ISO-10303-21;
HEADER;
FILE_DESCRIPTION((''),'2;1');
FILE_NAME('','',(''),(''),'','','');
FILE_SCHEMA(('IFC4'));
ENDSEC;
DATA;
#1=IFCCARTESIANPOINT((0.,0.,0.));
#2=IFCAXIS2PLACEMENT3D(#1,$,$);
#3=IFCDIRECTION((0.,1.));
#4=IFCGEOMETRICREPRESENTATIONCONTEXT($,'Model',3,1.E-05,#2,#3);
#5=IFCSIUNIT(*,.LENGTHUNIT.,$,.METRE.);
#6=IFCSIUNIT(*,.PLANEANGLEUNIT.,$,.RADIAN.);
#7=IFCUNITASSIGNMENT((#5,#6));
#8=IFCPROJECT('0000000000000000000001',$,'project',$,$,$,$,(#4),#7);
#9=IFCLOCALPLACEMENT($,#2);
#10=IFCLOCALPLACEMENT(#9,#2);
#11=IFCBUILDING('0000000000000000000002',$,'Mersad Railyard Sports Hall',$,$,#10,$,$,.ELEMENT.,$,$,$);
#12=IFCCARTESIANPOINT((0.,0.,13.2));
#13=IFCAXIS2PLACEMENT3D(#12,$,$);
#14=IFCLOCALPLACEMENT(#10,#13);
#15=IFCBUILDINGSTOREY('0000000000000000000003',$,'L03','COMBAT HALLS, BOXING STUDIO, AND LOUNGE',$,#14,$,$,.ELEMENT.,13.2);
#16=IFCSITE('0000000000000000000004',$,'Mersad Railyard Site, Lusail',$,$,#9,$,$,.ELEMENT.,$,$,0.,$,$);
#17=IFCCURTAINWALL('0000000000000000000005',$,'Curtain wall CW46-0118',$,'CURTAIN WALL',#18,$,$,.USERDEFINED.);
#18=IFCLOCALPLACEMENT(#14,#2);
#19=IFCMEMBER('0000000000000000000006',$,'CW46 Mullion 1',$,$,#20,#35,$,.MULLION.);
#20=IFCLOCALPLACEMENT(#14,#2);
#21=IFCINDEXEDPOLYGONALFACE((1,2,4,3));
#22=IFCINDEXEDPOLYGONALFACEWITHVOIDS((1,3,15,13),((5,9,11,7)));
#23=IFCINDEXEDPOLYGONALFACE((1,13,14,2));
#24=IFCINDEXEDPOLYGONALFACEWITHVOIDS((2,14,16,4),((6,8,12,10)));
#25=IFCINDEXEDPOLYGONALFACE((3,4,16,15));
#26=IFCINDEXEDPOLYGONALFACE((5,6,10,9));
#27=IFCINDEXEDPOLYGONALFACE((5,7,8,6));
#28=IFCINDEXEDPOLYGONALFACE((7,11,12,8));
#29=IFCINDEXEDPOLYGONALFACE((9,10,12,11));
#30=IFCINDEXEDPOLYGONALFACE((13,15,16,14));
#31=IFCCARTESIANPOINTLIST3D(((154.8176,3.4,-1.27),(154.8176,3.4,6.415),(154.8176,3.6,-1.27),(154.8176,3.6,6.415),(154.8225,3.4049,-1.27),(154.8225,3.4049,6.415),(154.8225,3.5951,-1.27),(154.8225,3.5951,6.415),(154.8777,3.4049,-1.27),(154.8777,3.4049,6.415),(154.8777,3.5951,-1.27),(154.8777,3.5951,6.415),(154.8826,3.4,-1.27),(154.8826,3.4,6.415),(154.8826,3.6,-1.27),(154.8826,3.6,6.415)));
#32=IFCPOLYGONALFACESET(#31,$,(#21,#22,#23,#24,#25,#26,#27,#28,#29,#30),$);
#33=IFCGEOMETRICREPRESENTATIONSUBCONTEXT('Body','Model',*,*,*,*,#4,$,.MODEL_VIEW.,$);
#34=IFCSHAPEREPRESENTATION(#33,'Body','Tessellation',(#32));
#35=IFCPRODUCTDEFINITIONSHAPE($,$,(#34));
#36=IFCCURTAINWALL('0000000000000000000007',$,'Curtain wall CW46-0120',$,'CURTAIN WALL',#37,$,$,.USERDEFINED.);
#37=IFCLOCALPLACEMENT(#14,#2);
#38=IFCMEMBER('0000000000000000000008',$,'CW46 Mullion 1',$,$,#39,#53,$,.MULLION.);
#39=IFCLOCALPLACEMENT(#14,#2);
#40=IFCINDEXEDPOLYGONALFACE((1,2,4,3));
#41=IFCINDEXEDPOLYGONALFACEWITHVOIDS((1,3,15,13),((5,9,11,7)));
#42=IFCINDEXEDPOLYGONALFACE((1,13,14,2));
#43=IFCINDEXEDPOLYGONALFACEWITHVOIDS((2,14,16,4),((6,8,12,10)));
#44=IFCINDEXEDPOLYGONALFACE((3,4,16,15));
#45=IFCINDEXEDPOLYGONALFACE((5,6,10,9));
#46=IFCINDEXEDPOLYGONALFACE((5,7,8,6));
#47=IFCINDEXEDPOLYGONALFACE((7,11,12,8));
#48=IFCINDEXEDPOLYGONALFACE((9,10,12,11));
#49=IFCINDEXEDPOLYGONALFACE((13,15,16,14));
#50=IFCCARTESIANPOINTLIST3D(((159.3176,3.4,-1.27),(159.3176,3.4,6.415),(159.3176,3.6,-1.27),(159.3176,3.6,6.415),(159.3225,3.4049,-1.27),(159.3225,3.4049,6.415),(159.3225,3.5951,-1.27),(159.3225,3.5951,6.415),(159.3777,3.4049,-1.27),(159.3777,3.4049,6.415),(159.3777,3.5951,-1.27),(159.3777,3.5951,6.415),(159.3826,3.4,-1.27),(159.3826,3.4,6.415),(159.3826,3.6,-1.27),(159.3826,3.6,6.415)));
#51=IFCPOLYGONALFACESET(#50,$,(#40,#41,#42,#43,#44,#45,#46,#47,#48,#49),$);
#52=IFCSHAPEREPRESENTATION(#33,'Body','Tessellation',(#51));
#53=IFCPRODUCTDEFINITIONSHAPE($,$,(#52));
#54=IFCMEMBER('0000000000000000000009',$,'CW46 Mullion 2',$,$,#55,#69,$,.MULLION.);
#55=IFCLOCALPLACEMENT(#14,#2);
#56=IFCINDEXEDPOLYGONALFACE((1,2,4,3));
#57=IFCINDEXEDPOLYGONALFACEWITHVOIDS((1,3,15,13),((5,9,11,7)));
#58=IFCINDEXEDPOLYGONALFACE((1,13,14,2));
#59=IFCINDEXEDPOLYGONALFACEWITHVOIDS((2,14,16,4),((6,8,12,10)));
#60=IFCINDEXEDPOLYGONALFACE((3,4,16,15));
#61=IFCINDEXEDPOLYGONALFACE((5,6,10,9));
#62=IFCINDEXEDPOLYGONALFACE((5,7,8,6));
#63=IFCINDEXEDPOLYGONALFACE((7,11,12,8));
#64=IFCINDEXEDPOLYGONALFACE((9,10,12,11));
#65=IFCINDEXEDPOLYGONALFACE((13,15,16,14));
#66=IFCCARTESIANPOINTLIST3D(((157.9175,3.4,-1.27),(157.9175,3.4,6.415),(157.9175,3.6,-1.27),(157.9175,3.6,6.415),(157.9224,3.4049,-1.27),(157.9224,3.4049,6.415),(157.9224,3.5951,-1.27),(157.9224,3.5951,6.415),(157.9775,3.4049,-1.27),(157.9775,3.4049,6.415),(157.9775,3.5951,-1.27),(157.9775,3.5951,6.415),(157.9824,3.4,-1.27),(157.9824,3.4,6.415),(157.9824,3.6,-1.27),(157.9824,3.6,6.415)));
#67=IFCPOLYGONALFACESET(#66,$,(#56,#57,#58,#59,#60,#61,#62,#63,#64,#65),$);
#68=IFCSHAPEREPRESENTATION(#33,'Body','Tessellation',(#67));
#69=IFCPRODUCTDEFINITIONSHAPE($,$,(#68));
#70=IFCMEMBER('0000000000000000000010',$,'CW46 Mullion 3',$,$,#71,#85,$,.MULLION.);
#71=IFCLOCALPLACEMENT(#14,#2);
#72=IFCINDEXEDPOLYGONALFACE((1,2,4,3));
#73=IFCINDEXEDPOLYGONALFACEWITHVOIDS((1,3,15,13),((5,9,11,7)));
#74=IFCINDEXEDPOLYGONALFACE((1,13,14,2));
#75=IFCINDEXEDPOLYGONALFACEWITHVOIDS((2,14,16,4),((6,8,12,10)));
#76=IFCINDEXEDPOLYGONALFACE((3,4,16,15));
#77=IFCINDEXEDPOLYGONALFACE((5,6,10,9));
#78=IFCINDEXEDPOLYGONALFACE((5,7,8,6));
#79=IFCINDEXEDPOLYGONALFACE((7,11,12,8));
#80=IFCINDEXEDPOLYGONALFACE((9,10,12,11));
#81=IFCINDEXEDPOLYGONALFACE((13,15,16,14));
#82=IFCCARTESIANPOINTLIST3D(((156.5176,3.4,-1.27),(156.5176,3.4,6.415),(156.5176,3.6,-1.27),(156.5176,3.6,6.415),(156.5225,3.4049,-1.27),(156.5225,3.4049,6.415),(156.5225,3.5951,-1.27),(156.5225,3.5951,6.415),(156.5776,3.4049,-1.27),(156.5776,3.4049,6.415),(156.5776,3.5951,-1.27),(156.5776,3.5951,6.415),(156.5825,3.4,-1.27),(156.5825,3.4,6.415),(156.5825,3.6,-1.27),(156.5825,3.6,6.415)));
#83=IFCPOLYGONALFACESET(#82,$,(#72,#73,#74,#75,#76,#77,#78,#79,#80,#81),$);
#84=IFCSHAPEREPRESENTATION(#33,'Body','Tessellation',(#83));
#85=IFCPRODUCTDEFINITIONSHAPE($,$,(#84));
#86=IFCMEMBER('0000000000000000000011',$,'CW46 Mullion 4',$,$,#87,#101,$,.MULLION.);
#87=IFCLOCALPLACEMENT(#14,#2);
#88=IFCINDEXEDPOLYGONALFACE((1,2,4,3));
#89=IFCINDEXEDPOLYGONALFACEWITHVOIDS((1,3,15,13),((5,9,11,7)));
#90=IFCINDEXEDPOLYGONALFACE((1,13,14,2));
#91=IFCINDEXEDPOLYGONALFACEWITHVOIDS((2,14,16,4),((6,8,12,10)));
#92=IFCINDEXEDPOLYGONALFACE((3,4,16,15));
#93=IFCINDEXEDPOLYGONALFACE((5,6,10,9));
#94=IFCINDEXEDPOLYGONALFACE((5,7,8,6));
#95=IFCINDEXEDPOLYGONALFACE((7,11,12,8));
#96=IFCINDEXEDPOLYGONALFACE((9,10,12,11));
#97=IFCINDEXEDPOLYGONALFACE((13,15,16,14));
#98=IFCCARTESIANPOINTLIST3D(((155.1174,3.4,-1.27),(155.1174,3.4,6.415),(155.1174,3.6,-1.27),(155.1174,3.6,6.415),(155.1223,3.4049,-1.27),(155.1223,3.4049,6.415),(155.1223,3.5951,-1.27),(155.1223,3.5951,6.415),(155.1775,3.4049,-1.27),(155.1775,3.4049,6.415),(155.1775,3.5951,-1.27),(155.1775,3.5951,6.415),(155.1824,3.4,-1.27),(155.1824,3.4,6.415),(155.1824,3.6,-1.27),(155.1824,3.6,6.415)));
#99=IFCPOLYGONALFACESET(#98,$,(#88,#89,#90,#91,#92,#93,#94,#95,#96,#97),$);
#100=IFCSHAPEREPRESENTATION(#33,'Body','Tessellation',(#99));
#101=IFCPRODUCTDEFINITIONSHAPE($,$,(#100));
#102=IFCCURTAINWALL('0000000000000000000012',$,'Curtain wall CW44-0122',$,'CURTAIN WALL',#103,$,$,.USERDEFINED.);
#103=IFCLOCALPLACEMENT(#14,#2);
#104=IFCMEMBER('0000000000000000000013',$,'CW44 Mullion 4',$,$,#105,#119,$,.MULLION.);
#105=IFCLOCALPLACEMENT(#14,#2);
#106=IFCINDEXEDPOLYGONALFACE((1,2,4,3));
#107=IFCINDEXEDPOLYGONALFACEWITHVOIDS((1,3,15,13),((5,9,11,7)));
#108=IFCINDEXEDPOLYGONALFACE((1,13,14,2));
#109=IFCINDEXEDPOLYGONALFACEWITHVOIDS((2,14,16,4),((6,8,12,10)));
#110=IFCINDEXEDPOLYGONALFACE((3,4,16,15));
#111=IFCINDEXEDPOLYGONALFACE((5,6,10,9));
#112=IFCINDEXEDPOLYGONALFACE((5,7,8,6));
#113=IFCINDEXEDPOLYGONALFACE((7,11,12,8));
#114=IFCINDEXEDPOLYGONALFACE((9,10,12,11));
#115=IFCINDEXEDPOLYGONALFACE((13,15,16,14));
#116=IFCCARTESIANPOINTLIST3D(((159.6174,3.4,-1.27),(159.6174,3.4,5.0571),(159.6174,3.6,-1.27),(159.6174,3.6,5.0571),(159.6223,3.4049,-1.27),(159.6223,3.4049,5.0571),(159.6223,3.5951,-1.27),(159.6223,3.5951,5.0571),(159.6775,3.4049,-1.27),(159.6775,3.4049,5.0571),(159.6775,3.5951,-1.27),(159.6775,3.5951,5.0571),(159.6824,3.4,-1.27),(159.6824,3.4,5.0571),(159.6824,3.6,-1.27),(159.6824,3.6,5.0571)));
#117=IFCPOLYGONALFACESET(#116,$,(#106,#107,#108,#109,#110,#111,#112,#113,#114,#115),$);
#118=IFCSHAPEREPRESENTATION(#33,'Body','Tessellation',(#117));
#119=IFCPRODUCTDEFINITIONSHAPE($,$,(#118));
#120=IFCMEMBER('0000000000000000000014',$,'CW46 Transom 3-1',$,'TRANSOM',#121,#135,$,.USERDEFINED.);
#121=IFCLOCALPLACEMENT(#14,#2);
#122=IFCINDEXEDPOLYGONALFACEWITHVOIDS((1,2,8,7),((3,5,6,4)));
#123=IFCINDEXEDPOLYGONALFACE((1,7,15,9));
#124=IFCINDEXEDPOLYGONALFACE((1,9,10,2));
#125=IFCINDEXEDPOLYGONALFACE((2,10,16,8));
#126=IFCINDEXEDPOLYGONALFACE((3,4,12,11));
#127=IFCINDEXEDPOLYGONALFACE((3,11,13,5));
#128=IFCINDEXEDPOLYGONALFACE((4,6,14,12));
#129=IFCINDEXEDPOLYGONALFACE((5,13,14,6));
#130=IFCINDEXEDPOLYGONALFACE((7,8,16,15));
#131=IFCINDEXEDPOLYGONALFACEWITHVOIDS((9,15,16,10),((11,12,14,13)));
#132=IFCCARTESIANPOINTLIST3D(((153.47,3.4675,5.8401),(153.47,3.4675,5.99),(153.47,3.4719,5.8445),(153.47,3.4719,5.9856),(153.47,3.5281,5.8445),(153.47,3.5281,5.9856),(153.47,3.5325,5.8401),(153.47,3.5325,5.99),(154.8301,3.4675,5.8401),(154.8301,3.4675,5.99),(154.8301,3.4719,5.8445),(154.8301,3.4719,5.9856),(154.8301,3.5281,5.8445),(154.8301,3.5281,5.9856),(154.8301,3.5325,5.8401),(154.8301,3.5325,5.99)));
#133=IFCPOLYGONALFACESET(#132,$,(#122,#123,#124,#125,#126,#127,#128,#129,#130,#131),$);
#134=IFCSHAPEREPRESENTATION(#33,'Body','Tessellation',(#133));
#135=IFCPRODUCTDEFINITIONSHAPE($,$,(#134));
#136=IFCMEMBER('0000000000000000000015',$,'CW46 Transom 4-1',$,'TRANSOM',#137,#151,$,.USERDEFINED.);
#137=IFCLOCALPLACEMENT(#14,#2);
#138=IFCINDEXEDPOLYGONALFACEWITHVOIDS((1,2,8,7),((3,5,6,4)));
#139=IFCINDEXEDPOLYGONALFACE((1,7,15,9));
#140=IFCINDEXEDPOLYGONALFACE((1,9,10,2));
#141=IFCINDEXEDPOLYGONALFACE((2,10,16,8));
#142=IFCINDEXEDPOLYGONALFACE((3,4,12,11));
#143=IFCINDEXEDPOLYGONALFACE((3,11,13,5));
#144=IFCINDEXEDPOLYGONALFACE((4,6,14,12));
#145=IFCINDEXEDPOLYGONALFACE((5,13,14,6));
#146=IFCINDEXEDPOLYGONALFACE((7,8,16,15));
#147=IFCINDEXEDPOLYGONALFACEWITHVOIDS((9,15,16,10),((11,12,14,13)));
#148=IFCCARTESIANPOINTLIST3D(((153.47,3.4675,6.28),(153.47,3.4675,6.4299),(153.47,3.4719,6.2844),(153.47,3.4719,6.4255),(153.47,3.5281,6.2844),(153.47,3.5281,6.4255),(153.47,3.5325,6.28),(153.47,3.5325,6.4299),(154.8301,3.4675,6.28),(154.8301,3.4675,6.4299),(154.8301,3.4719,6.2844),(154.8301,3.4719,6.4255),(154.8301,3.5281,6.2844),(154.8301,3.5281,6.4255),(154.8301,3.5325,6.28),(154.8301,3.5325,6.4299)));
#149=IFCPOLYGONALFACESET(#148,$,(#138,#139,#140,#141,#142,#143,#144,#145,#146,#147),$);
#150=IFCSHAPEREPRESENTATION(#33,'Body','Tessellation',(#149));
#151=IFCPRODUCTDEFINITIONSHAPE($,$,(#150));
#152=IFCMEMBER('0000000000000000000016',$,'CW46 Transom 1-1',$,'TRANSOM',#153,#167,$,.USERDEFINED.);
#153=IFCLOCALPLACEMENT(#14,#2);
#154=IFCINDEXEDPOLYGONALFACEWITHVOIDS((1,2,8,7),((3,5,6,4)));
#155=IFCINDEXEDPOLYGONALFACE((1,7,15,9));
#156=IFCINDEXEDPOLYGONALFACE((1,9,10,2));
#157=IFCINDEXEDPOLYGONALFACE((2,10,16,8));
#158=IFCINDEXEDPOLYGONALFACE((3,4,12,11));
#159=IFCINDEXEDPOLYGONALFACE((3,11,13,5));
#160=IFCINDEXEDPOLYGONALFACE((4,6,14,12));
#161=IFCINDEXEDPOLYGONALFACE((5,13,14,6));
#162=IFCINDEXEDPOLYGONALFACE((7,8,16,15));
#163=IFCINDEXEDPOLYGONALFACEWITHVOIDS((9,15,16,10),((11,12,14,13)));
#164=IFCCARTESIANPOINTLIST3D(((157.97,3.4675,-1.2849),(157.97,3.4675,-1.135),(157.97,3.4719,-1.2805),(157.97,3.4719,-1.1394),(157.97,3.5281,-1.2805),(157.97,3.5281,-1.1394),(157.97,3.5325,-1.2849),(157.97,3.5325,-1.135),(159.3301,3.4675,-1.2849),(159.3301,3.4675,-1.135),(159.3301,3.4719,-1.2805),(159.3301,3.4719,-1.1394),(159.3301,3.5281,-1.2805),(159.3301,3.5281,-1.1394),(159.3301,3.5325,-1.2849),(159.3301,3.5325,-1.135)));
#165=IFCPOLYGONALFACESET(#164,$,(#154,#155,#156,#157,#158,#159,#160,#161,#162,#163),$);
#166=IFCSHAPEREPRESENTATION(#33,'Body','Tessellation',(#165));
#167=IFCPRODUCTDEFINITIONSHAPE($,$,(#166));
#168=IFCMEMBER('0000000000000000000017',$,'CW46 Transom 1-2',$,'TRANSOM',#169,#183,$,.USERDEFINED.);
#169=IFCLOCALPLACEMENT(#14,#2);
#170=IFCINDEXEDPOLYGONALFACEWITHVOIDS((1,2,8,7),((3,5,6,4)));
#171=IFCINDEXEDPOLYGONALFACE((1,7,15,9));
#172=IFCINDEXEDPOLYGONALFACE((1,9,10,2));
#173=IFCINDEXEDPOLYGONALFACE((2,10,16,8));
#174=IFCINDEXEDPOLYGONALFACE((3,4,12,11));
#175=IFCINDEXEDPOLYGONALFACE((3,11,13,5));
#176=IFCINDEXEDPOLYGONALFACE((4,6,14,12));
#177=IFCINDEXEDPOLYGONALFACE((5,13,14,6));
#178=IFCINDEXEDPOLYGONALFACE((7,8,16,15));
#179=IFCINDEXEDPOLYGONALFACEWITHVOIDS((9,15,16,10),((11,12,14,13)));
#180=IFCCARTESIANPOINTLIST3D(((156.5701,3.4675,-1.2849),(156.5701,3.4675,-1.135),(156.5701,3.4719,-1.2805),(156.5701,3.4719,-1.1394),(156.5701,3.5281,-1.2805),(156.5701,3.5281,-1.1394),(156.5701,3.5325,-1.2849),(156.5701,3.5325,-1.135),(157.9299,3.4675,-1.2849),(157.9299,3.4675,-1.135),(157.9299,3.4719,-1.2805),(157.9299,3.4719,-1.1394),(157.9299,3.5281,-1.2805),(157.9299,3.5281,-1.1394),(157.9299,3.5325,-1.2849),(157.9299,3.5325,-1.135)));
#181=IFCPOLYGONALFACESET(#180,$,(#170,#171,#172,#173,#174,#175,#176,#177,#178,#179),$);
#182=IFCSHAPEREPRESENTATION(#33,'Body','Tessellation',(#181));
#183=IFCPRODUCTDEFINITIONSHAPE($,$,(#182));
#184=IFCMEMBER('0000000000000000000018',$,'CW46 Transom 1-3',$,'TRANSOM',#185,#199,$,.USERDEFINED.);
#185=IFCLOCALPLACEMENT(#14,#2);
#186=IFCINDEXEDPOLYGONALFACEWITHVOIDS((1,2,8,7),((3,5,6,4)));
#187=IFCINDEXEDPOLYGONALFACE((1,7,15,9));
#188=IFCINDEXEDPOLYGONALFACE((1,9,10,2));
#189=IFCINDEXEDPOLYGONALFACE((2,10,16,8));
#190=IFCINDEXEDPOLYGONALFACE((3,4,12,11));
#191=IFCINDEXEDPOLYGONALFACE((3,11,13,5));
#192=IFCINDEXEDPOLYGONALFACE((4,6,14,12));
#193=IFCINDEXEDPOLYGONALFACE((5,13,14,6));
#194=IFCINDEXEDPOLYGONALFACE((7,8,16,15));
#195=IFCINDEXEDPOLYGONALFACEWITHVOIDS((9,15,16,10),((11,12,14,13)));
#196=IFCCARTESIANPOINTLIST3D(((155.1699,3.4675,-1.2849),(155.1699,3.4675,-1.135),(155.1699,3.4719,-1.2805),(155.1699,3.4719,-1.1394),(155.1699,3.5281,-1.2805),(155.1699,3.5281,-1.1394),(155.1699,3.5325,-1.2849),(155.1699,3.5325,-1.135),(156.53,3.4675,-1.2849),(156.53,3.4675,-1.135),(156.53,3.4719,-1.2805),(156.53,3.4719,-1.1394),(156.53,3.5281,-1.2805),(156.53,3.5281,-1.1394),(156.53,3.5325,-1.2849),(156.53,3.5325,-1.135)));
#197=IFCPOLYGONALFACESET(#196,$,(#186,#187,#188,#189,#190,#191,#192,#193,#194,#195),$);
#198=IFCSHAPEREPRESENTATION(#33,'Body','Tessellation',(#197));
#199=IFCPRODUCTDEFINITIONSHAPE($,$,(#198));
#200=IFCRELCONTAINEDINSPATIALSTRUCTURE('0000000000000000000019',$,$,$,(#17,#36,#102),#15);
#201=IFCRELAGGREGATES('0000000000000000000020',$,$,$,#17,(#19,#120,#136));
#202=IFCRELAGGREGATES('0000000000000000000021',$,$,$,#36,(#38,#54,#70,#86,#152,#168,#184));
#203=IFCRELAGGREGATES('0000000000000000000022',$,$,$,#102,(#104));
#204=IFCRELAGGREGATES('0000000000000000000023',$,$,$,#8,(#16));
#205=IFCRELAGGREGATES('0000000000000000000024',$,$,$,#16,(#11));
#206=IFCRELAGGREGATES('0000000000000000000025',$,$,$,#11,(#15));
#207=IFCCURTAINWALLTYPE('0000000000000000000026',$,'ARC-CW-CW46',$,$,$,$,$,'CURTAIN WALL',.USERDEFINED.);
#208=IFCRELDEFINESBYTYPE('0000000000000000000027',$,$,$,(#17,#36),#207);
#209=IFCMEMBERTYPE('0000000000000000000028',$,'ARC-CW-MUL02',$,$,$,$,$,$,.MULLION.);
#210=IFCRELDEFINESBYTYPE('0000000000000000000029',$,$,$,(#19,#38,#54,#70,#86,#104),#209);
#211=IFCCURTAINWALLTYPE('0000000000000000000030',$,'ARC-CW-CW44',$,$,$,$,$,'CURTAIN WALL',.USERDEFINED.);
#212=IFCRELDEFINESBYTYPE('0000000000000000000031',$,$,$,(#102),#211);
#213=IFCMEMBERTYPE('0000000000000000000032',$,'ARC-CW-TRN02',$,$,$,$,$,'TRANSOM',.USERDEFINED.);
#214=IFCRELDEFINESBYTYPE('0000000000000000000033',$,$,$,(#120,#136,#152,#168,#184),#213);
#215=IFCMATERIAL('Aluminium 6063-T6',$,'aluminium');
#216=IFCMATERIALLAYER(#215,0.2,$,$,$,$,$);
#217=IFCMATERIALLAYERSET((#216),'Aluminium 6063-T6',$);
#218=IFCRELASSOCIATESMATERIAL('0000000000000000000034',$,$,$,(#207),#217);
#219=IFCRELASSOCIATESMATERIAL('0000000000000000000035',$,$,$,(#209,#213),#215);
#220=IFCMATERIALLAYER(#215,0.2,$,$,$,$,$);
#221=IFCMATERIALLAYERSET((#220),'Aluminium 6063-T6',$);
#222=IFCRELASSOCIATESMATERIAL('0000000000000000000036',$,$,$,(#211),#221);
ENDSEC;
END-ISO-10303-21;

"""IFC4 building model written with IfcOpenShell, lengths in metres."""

from ifc_helpers import new_model, si_unit, direction, frame, origin, origin_2d, place, context, subcontext, project, spatial, hollow_rectangle, extrude, material, layer, layer_set, material_profile, profile_set, type_object, element, aggregate, save


model = new_model("IFC4")

# Units and contexts
model_context = context("Model", 3, precision=1e-05, world=origin(), true_north=direction((0.0, 1.0)))
body_context = subcontext(model_context, "Body", "Model", "MODEL_VIEW")
ifc_project = project(units=[si_unit("LENGTHUNIT", "METRE"), si_unit("PLANEANGLEUNIT", "RADIAN")], contexts=[model_context])

# Site, building, storey
site_placement = place(None, origin())
site = spatial("IfcSite", under=ifc_project, at=site_placement, Name="Mersad Railyard Site, Lusail", CompositionType="ELEMENT", RefElevation=0.0)
building_placement = place(site_placement, origin())
building = spatial("IfcBuilding", under=site, at=building_placement, Name="Mersad Railyard Sports Hall", CompositionType="ELEMENT")
storey_placement = place(building_placement, frame((0.0, 0.0, 13.2)))
storey = spatial("IfcBuildingStorey", under=building, at=storey_placement, Name="L03", Description="COMBAT HALLS, BOXING STUDIO, AND LOUNGE", CompositionType="ELEMENT", Elevation=13.2)

# Curtain wall, member
ifc_material_1 = material(Name="Aluminium 6063-T6", Category="aluminium")
ifc_layer_1 = layer(ifc_material_1, 0.2)
ifc_layer_set_1 = layer_set([ifc_layer_1], Name="Aluminium 6063-T6")
curtain_wall_type_1 = type_object("IfcCurtainWallType", Name="ARC-CW-CW46", ElementType="CURTAIN WALL", PredefinedType="USERDEFINED", material=ifc_layer_set_1)
curtain_wall_1_placement = place(storey_placement, origin())
curtain_wall_1 = element("IfcCurtainWall", 1, at=curtain_wall_1_placement, inside=storey, type_object=curtain_wall_type_1, Name="Curtain wall CW46-0118", ObjectType="CURTAIN WALL", PredefinedType="USERDEFINED")
ifc_material_profile_1 = material_profile(ifc_material_1, hollow_rectangle(XDim=0.0649, YDim=0.2, WallThickness=0.0049, at=origin_2d()), Name="AL MULLION 65x200x5")
ifc_profile_set_1 = profile_set([ifc_material_profile_1], Name="Aluminium 6063-T6")
member_type_1 = type_object("IfcMemberType", Name="ARC-CW-MUL02", PredefinedType="MULLION", material=ifc_profile_set_1)
member_1_placement = place(storey_placement, frame((154.8501, 3.5, -1.27), z_axis=(0.0, 0.0, 1.0), x_axis=(1.0, 0.0, 0.0)))
member_1 = element("IfcMember", 2, at=member_1_placement, type_object=member_type_1, Name="CW46 Mullion 1", PredefinedType="MULLION", context=body_context, shape_type="SweptSolid", body=[
    extrude(hollow_rectangle(XDim=0.0649, YDim=0.2, WallThickness=0.0049, at=origin_2d()), origin(), (0.0, 0.0, 1.0), 7.6851),
])

# Curtain wall, members
curtain_wall_2_placement = place(storey_placement, origin())
curtain_wall_2 = element("IfcCurtainWall", 3, at=curtain_wall_2_placement, inside=storey, type_object=curtain_wall_type_1, Name="Curtain wall CW46-0120", ObjectType="CURTAIN WALL", PredefinedType="USERDEFINED")
member_2_placement = place(storey_placement, frame((159.3501, 3.5, -1.27), z_axis=(0.0, 0.0, 1.0), x_axis=(1.0, 0.0, 0.0)))
member_2 = element("IfcMember", 4, at=member_2_placement, type_object=member_type_1, Name="CW46 Mullion 1", PredefinedType="MULLION", context=body_context, shape_type="SweptSolid", body=[
    extrude(hollow_rectangle(XDim=0.0649, YDim=0.2, WallThickness=0.0049, at=origin_2d()), origin(), (0.0, 0.0, 1.0), 7.6851),
])
member_3_placement = place(storey_placement, frame((157.95, 3.5, -1.27), z_axis=(0.0, 0.0, 1.0), x_axis=(1.0, 0.0, 0.0)))
member_3 = element("IfcMember", 5, at=member_3_placement, type_object=member_type_1, Name="CW46 Mullion 2", PredefinedType="MULLION", context=body_context, shape_type="SweptSolid", body=[
    extrude(hollow_rectangle(XDim=0.0649, YDim=0.2, WallThickness=0.0049, at=origin_2d()), origin(), (0.0, 0.0, 1.0), 7.6851),
])
member_4_placement = place(storey_placement, frame((156.55, 3.5, -1.27), z_axis=(0.0, 0.0, 1.0), x_axis=(1.0, 0.0, 0.0)))
member_4 = element("IfcMember", 6, at=member_4_placement, type_object=member_type_1, Name="CW46 Mullion 3", PredefinedType="MULLION", context=body_context, shape_type="SweptSolid", body=[
    extrude(hollow_rectangle(XDim=0.0649, YDim=0.2, WallThickness=0.0049, at=origin_2d()), origin(), (0.0, 0.0, 1.0), 7.6851),
])
member_5_placement = place(storey_placement, frame((155.1499, 3.5, -1.27), z_axis=(0.0, 0.0, 1.0), x_axis=(1.0, 0.0, 0.0)))
member_5 = element("IfcMember", 7, at=member_5_placement, type_object=member_type_1, Name="CW46 Mullion 4", PredefinedType="MULLION", context=body_context, shape_type="SweptSolid", body=[
    extrude(hollow_rectangle(XDim=0.0649, YDim=0.2, WallThickness=0.0049, at=origin_2d()), origin(), (0.0, 0.0, 1.0), 7.6851),
])

# Curtain wall, member
ifc_layer_2 = layer(ifc_material_1, 0.2)
ifc_layer_set_2 = layer_set([ifc_layer_2], Name="Aluminium 6063-T6")
curtain_wall_type_2 = type_object("IfcCurtainWallType", Name="ARC-CW-CW44", ElementType="CURTAIN WALL", PredefinedType="USERDEFINED", material=ifc_layer_set_2)
curtain_wall_3_placement = place(storey_placement, origin())
curtain_wall_3 = element("IfcCurtainWall", 8, at=curtain_wall_3_placement, inside=storey, type_object=curtain_wall_type_2, Name="Curtain wall CW44-0122", ObjectType="CURTAIN WALL", PredefinedType="USERDEFINED")
member_6_placement = place(storey_placement, frame((159.6499, 3.5, -1.27), z_axis=(0.0, 0.0, 1.0), x_axis=(1.0, 0.0, 0.0)))
member_6 = element("IfcMember", 9, at=member_6_placement, type_object=member_type_1, Name="CW44 Mullion 4", PredefinedType="MULLION", context=body_context, shape_type="SweptSolid", body=[
    extrude(hollow_rectangle(XDim=0.0649, YDim=0.2, WallThickness=0.0049, at=origin_2d()), origin(), (0.0, 0.0, 1.0), 6.3271),
])

# Members
ifc_material_profile_2 = material_profile(ifc_material_1, hollow_rectangle(XDim=0.0649, YDim=0.1499, WallThickness=0.0044, at=origin_2d()), Name="AL TRANSOM 65x150x4.5")
ifc_profile_set_2 = profile_set([ifc_material_profile_2], Name="Aluminium 6063-T6")
member_type_2 = type_object("IfcMemberType", Name="ARC-CW-TRN02", ElementType="TRANSOM", PredefinedType="USERDEFINED", material=ifc_profile_set_2)
member_7_placement = place(storey_placement, frame((154.8301, 3.5, 5.915), z_axis=(-1.0, 0.0, 0.0), x_axis=(0.0, -1.0, 0.0)))
member_7 = element("IfcMember", 10, at=member_7_placement, type_object=member_type_2, Name="CW46 Transom 3-1", ObjectType="TRANSOM", PredefinedType="USERDEFINED", context=body_context, shape_type="SweptSolid", body=[
    extrude(hollow_rectangle(XDim=0.0649, YDim=0.1499, WallThickness=0.0044, at=origin_2d()), origin(), (0.0, 0.0, 1.0), 1.3601),
])
member_8_placement = place(storey_placement, frame((154.8301, 3.5, 6.355), z_axis=(-1.0, 0.0, 0.0), x_axis=(0.0, -1.0, 0.0)))
member_8 = element("IfcMember", 11, at=member_8_placement, type_object=member_type_2, Name="CW46 Transom 4-1", ObjectType="TRANSOM", PredefinedType="USERDEFINED", context=body_context, shape_type="SweptSolid", body=[
    extrude(hollow_rectangle(XDim=0.0649, YDim=0.1499, WallThickness=0.0044, at=origin_2d()), origin(), (0.0, 0.0, 1.0), 1.3601),
])
aggregate(curtain_wall_1, [member_1, member_7, member_8])
member_9_placement = place(storey_placement, frame((159.3301, 3.5, -1.21), z_axis=(-1.0, 0.0, 0.0), x_axis=(0.0, -1.0, 0.0)))
member_9 = element("IfcMember", 12, at=member_9_placement, type_object=member_type_2, Name="CW46 Transom 1-1", ObjectType="TRANSOM", PredefinedType="USERDEFINED", context=body_context, shape_type="SweptSolid", body=[
    extrude(hollow_rectangle(XDim=0.0649, YDim=0.1499, WallThickness=0.0044, at=origin_2d()), origin(), (0.0, 0.0, 1.0), 1.3601),
])
member_10_placement = place(storey_placement, frame((157.9299, 3.5, -1.21), z_axis=(-1.0, 0.0, 0.0), x_axis=(0.0, -1.0, 0.0)))
member_10 = element("IfcMember", 13, at=member_10_placement, type_object=member_type_2, Name="CW46 Transom 1-2", ObjectType="TRANSOM", PredefinedType="USERDEFINED", context=body_context, shape_type="SweptSolid", body=[
    extrude(hollow_rectangle(XDim=0.0649, YDim=0.1499, WallThickness=0.0044, at=origin_2d()), origin(), (0.0, 0.0, 1.0), 1.3599),
])
member_11_placement = place(storey_placement, frame((156.53, 3.5, -1.21), z_axis=(-1.0, 0.0, 0.0), x_axis=(0.0, -1.0, 0.0)))
member_11 = element("IfcMember", 14, at=member_11_placement, type_object=member_type_2, Name="CW46 Transom 1-3", ObjectType="TRANSOM", PredefinedType="USERDEFINED", context=body_context, shape_type="SweptSolid", body=[
    extrude(hollow_rectangle(XDim=0.0649, YDim=0.1499, WallThickness=0.0044, at=origin_2d()), origin(), (0.0, 0.0, 1.0), 1.3601),
])

aggregate(curtain_wall_2, [member_2, member_3, member_4, member_5, member_9, member_10, member_11])
aggregate(curtain_wall_3, [member_6])

save(model, "model.ifc")
